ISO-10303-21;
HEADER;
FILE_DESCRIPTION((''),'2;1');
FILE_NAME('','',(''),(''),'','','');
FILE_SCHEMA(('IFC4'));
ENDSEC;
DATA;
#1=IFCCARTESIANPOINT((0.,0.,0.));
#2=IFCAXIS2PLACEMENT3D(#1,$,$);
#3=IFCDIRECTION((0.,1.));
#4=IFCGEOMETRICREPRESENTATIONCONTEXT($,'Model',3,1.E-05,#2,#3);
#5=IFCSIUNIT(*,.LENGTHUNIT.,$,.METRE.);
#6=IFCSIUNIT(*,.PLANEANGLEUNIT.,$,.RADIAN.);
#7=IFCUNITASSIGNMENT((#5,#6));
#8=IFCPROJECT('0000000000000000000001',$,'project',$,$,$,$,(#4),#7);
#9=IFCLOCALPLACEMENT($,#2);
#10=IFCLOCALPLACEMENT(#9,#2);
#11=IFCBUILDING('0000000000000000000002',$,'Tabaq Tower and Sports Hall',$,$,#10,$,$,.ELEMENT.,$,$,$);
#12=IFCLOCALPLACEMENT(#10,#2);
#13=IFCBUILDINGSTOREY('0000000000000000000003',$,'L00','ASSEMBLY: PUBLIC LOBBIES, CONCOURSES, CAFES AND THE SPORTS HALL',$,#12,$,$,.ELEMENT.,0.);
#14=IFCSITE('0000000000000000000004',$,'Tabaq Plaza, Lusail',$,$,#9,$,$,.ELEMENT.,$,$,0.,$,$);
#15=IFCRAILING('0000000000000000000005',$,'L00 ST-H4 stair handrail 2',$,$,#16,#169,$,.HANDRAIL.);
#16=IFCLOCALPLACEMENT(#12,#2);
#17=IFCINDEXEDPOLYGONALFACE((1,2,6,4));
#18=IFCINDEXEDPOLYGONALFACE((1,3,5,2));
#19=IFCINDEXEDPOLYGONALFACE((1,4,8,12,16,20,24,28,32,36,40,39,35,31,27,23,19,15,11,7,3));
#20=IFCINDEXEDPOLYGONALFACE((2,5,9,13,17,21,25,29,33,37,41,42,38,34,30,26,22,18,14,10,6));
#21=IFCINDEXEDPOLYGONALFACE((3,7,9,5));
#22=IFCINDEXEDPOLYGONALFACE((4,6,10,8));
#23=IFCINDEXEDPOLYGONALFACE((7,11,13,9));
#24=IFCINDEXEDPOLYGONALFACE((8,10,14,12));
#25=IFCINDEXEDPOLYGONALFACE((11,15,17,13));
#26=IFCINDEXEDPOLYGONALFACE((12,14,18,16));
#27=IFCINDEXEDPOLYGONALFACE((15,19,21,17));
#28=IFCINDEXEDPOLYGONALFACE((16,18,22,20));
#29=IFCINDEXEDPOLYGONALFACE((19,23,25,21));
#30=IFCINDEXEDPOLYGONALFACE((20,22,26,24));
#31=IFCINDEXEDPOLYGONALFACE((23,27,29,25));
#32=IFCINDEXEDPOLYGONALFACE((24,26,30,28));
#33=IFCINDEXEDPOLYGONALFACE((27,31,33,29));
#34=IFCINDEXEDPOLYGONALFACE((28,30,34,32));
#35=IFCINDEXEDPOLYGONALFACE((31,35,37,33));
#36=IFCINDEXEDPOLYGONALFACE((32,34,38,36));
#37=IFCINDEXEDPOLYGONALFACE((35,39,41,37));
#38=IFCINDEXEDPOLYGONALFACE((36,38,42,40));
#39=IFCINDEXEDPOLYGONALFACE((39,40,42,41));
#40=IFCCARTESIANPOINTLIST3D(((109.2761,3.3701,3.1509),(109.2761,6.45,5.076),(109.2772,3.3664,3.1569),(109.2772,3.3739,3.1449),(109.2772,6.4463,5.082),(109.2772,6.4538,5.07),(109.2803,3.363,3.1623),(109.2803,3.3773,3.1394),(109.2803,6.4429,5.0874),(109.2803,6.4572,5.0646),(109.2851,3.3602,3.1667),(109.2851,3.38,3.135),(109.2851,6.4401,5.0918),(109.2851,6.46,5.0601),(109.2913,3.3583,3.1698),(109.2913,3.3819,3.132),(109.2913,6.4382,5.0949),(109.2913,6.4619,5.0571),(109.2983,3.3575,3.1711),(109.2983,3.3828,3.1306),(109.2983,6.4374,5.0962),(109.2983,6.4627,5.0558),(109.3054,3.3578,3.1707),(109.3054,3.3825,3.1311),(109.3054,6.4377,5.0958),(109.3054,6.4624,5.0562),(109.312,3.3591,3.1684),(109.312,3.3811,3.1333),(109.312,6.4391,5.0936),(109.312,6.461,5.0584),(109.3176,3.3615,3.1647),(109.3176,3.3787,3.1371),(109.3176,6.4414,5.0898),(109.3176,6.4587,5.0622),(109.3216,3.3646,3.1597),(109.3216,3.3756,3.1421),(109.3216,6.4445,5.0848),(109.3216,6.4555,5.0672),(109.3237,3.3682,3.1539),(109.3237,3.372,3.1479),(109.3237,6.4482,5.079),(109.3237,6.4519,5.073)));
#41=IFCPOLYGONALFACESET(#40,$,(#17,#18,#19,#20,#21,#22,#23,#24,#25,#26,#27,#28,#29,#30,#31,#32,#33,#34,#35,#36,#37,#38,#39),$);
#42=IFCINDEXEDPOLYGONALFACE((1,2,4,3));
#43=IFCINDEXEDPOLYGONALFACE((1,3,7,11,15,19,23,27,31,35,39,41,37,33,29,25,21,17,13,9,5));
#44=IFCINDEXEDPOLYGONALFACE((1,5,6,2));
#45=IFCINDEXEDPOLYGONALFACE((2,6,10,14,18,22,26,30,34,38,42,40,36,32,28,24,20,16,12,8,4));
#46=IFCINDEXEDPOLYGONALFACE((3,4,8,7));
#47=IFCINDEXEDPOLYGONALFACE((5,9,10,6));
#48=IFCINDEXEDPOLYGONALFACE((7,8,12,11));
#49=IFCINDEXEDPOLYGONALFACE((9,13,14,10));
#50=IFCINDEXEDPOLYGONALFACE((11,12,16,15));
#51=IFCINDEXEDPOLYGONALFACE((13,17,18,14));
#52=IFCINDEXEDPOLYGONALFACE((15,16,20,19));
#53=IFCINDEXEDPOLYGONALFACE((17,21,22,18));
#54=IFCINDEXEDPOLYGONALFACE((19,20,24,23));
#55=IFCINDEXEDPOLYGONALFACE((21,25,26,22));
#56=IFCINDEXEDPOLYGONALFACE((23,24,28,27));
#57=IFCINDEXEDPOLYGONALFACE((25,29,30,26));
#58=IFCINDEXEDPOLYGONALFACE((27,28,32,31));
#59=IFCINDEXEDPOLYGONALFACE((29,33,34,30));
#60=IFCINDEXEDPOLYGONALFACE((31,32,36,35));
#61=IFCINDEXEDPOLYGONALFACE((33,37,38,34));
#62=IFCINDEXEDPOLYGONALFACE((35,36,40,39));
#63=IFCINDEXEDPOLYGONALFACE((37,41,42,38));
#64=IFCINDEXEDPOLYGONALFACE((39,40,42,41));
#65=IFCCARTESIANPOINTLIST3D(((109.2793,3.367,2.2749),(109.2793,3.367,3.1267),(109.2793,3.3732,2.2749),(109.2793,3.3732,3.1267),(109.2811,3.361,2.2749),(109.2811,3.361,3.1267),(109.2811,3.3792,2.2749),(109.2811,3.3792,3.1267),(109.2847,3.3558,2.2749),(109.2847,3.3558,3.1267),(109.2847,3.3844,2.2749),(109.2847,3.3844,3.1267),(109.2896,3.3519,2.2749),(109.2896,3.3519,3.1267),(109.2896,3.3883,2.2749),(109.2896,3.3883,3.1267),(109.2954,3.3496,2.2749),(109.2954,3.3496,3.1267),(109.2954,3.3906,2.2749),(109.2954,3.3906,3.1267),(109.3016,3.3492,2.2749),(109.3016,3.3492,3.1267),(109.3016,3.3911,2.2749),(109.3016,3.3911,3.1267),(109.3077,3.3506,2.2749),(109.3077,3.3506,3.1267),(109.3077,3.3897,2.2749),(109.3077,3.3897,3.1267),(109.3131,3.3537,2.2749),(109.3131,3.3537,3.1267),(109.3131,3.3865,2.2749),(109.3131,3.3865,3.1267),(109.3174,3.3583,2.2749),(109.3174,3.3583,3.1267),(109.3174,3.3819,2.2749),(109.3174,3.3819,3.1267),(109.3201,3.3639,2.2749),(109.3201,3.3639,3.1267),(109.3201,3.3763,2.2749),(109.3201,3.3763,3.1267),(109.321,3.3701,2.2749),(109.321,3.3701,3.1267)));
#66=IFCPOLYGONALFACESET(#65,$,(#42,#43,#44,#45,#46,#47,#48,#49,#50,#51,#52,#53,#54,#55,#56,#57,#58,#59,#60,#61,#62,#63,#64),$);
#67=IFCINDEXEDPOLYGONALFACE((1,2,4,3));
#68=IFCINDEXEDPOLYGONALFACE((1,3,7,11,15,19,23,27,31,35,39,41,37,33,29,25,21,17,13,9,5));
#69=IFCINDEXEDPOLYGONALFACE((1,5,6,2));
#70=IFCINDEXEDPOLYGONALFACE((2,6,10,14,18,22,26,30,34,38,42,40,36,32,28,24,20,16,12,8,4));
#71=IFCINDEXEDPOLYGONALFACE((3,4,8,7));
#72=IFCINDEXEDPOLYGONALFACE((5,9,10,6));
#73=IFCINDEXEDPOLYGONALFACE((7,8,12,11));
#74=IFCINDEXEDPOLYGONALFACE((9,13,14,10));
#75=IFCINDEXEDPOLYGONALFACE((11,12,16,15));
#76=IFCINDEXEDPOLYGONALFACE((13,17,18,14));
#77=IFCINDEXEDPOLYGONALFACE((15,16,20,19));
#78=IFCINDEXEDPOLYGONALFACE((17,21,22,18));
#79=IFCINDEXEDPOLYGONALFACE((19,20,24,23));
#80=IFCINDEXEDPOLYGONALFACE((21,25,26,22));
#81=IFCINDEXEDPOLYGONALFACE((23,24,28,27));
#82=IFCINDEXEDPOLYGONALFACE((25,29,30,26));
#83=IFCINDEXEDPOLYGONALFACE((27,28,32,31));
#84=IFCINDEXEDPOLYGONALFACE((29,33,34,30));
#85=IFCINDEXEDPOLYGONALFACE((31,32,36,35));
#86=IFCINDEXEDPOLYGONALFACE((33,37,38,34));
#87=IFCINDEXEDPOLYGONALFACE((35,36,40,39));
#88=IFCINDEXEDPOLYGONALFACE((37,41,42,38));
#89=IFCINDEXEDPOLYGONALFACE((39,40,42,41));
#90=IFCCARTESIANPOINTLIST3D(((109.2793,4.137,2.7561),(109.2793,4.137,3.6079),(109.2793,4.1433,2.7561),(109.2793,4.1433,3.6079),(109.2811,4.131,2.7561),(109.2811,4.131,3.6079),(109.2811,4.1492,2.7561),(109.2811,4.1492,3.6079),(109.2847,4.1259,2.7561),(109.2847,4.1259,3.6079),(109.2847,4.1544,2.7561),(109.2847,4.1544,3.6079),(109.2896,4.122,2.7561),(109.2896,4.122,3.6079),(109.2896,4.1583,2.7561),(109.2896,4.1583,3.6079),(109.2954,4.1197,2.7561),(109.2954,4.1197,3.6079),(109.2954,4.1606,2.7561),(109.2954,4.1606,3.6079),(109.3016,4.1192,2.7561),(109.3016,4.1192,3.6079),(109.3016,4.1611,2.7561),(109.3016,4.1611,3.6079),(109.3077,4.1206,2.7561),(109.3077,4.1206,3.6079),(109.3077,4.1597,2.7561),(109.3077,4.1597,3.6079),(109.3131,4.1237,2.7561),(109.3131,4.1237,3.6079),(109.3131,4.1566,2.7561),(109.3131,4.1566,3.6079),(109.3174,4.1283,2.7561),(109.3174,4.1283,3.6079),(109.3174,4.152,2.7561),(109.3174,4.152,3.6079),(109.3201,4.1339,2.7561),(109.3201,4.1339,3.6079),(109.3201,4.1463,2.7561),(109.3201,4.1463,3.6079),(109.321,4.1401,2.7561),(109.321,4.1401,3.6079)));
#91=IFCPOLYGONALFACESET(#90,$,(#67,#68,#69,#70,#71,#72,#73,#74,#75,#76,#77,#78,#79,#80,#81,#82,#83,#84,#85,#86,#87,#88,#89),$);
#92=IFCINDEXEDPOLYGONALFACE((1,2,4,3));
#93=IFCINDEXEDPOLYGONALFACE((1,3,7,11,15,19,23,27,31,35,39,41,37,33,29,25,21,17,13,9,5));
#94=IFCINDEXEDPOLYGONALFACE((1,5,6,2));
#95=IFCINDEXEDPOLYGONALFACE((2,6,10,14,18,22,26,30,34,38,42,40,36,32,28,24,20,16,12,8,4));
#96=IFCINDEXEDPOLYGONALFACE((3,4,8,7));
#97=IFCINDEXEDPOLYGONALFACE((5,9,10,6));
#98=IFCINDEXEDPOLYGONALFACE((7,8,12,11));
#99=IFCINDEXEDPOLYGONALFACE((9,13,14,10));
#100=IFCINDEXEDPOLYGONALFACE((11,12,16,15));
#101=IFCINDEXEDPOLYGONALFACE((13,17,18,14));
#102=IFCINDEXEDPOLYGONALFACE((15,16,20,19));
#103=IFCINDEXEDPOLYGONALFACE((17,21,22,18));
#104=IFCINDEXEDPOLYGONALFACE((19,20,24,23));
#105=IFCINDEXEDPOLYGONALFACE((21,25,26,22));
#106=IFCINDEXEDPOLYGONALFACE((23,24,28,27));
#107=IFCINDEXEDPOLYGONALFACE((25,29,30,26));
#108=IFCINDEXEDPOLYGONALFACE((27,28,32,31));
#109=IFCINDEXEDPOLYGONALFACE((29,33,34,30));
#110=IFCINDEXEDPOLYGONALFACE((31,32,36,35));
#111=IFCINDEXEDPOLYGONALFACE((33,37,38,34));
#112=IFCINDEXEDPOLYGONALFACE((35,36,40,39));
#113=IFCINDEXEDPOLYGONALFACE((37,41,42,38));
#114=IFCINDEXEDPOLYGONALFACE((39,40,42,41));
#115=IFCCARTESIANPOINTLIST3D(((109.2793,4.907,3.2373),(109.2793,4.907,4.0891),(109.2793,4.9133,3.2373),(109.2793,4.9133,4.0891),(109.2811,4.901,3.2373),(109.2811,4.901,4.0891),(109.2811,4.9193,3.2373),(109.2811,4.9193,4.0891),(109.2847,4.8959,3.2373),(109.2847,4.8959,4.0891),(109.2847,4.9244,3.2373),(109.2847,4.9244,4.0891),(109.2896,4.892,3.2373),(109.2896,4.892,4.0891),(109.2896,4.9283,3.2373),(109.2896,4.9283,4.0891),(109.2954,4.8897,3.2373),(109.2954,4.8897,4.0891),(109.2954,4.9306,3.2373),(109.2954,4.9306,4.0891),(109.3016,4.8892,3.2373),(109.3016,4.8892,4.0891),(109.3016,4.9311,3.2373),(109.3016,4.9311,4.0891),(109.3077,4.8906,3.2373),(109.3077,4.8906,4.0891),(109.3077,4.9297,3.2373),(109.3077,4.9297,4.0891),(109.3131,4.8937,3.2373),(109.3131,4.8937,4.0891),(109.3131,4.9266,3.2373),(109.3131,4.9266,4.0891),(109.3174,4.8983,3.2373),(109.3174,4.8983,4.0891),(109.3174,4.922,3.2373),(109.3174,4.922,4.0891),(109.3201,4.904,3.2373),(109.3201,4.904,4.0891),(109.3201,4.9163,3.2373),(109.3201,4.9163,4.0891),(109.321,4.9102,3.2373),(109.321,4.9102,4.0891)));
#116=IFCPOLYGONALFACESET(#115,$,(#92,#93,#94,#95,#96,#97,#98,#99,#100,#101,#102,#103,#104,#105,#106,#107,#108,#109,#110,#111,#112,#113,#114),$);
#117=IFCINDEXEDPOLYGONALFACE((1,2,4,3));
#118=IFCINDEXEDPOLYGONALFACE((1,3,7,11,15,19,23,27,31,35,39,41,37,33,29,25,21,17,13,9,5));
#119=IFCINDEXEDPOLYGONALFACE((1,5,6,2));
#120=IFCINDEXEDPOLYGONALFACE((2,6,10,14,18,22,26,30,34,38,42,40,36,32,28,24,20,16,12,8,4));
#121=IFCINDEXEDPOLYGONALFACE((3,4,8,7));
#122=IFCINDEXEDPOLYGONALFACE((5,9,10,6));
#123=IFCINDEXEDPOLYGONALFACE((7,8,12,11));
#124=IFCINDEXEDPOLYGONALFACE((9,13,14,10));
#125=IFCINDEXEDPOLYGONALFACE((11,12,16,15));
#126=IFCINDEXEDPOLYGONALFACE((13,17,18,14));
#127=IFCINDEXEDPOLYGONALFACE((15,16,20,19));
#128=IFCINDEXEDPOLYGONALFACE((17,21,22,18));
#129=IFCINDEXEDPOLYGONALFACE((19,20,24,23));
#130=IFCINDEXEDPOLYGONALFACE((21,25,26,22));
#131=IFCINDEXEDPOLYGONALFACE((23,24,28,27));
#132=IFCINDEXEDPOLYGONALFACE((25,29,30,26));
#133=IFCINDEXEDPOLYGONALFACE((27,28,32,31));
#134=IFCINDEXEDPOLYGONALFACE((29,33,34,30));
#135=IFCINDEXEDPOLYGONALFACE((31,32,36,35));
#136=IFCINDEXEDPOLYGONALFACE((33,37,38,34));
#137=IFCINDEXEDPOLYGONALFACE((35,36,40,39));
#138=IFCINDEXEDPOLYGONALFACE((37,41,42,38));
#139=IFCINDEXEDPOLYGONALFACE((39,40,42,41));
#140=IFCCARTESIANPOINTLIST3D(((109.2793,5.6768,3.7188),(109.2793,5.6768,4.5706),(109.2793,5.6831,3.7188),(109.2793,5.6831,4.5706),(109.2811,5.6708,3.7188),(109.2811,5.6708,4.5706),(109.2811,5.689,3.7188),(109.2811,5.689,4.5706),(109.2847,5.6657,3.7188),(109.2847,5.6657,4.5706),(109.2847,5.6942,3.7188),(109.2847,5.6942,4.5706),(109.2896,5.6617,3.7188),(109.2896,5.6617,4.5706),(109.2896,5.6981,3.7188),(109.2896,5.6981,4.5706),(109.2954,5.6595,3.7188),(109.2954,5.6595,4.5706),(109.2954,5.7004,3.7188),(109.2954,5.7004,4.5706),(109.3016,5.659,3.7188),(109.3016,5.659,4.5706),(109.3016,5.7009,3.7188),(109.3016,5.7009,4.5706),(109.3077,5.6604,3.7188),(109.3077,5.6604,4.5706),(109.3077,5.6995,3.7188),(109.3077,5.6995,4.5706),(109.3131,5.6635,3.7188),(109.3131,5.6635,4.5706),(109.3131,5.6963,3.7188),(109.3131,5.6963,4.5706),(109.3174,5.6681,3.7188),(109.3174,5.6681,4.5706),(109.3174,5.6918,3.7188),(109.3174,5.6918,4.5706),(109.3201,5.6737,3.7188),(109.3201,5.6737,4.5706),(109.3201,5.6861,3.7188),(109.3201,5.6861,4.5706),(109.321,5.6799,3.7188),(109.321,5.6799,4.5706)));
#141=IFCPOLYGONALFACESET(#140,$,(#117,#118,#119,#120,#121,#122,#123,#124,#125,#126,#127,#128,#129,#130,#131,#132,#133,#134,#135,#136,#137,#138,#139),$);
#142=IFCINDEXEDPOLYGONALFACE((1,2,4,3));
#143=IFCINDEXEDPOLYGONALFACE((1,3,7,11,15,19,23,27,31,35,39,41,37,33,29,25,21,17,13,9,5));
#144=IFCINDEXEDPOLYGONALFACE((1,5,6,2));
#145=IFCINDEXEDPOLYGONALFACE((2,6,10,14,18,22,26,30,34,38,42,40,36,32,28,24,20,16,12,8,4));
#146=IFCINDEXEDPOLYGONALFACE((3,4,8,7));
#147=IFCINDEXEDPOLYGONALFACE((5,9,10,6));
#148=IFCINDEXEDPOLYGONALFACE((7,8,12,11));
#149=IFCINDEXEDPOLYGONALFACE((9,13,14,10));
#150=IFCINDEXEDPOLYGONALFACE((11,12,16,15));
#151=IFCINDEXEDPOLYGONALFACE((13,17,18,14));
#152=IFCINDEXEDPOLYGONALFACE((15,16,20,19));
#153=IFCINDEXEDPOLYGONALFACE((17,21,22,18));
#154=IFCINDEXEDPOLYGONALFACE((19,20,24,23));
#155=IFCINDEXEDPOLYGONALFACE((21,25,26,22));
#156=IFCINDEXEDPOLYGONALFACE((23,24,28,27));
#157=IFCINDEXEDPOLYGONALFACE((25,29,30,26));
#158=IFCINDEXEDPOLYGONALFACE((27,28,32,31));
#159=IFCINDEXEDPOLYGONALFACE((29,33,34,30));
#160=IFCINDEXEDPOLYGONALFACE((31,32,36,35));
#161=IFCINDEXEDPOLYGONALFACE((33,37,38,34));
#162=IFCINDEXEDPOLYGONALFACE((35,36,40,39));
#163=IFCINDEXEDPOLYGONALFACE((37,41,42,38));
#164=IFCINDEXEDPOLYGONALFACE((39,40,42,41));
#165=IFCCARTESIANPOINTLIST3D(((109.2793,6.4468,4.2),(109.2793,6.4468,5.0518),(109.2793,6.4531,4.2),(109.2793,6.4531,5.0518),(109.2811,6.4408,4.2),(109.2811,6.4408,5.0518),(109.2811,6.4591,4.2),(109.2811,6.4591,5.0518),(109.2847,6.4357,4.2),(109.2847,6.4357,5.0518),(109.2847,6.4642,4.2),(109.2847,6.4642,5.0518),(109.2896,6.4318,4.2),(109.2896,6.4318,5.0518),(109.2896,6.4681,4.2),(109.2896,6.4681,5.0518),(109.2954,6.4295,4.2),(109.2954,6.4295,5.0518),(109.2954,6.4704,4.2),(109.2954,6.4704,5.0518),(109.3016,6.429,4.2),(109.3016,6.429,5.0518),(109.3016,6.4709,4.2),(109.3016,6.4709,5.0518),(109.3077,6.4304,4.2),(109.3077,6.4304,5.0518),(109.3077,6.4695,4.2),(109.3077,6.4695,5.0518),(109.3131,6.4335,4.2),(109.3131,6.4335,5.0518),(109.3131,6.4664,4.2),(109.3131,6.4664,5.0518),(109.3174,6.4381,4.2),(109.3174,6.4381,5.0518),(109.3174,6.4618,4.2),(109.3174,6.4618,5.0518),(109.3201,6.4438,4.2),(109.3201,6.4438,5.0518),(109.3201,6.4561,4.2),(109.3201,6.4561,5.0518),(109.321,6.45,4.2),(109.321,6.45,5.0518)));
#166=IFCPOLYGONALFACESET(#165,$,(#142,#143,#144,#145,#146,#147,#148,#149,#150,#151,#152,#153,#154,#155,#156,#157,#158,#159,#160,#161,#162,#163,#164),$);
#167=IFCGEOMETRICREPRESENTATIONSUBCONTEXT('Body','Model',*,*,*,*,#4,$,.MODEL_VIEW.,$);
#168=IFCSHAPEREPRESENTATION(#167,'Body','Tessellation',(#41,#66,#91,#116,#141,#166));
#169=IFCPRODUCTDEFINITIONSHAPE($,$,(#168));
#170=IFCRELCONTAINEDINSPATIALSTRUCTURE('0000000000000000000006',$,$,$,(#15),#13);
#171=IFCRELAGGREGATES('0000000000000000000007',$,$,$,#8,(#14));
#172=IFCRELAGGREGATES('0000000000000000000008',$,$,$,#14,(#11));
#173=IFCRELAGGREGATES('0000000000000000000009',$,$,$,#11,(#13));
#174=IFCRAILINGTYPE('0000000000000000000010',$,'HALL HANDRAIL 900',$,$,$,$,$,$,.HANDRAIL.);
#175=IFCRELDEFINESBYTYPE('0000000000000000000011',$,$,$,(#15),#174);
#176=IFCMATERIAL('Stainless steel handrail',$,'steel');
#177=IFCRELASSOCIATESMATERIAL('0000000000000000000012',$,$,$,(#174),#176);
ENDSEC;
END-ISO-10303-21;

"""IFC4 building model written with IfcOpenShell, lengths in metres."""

from ifc_helpers import new_model, si_unit, direction, frame, origin, origin_2d, place, context, subcontext, project, spatial, circle, extrude, material, type_object, element, save


model = new_model("IFC4")

# Units and contexts
model_context = context("Model", 3, precision=1e-05, world=origin(), true_north=direction((0.0, 1.0)))
body_context = subcontext(model_context, "Body", "Model", "MODEL_VIEW")
ifc_project = project(units=[si_unit("LENGTHUNIT", "METRE"), si_unit("PLANEANGLEUNIT", "RADIAN")], contexts=[model_context])

# Site, building, storey
site_placement = place(None, origin())
site = spatial("IfcSite", under=ifc_project, at=site_placement, Name="Tabaq Plaza, Lusail", CompositionType="ELEMENT", RefElevation=0.0)
building_placement = place(site_placement, origin())
building = spatial("IfcBuilding", under=site, at=building_placement, Name="Tabaq Tower and Sports Hall", CompositionType="ELEMENT")
storey_placement = place(building_placement, origin())
storey = spatial("IfcBuildingStorey", under=building, at=storey_placement, Name="L00", Description="ASSEMBLY: PUBLIC LOBBIES, CONCOURSES, CAFES AND THE SPORTS HALL", CompositionType="ELEMENT", Elevation=0.0)

# Railing
ifc_material_1 = material(Name="Stainless steel handrail", Category="steel")
railing_type_1 = type_object("IfcRailingType", Name="HALL HANDRAIL 900", PredefinedType="HANDRAIL", material=ifc_material_1)
railing_1_placement = place(storey_placement, frame((109.3, 3.3701, 2.2749)))
element("IfcRailing", 1, at=railing_1_placement, inside=storey, type_object=railing_type_1, Name="L00 ST-H4 stair handrail 2", PredefinedType="HANDRAIL", context=body_context, shape_type="SweptSolid", body=[
    extrude(circle(Radius=0.0239, at=origin_2d()), frame((0.0, 0.0, 0.876), z_axis=(0.0, 0.847979, 0.530029), x_axis=(-1.0, 0.0, 0.0)), (0.0, 0.0, 1.0), 3.6321),
    extrude(circle(Radius=0.021, at=origin_2d()), origin(), (0.0, 0.0, 1.0), 0.8518),
    extrude(circle(Radius=0.021, at=origin_2d()), frame((0.0, 0.77, 0.4812)), (0.0, 0.0, 1.0), 0.8518),
    extrude(circle(Radius=0.021, at=origin_2d()), frame((0.0, 1.54, 0.9624)), (0.0, 0.0, 1.0), 0.8518),
    extrude(circle(Radius=0.021, at=origin_2d()), frame((0.0, 2.3098, 1.4438)), (0.0, 0.0, 1.0), 0.8518),
    extrude(circle(Radius=0.021, at=origin_2d()), frame((0.0, 3.0798, 1.925)), (0.0, 0.0, 1.0), 0.8518),
])

save(model, "model.ifc")
